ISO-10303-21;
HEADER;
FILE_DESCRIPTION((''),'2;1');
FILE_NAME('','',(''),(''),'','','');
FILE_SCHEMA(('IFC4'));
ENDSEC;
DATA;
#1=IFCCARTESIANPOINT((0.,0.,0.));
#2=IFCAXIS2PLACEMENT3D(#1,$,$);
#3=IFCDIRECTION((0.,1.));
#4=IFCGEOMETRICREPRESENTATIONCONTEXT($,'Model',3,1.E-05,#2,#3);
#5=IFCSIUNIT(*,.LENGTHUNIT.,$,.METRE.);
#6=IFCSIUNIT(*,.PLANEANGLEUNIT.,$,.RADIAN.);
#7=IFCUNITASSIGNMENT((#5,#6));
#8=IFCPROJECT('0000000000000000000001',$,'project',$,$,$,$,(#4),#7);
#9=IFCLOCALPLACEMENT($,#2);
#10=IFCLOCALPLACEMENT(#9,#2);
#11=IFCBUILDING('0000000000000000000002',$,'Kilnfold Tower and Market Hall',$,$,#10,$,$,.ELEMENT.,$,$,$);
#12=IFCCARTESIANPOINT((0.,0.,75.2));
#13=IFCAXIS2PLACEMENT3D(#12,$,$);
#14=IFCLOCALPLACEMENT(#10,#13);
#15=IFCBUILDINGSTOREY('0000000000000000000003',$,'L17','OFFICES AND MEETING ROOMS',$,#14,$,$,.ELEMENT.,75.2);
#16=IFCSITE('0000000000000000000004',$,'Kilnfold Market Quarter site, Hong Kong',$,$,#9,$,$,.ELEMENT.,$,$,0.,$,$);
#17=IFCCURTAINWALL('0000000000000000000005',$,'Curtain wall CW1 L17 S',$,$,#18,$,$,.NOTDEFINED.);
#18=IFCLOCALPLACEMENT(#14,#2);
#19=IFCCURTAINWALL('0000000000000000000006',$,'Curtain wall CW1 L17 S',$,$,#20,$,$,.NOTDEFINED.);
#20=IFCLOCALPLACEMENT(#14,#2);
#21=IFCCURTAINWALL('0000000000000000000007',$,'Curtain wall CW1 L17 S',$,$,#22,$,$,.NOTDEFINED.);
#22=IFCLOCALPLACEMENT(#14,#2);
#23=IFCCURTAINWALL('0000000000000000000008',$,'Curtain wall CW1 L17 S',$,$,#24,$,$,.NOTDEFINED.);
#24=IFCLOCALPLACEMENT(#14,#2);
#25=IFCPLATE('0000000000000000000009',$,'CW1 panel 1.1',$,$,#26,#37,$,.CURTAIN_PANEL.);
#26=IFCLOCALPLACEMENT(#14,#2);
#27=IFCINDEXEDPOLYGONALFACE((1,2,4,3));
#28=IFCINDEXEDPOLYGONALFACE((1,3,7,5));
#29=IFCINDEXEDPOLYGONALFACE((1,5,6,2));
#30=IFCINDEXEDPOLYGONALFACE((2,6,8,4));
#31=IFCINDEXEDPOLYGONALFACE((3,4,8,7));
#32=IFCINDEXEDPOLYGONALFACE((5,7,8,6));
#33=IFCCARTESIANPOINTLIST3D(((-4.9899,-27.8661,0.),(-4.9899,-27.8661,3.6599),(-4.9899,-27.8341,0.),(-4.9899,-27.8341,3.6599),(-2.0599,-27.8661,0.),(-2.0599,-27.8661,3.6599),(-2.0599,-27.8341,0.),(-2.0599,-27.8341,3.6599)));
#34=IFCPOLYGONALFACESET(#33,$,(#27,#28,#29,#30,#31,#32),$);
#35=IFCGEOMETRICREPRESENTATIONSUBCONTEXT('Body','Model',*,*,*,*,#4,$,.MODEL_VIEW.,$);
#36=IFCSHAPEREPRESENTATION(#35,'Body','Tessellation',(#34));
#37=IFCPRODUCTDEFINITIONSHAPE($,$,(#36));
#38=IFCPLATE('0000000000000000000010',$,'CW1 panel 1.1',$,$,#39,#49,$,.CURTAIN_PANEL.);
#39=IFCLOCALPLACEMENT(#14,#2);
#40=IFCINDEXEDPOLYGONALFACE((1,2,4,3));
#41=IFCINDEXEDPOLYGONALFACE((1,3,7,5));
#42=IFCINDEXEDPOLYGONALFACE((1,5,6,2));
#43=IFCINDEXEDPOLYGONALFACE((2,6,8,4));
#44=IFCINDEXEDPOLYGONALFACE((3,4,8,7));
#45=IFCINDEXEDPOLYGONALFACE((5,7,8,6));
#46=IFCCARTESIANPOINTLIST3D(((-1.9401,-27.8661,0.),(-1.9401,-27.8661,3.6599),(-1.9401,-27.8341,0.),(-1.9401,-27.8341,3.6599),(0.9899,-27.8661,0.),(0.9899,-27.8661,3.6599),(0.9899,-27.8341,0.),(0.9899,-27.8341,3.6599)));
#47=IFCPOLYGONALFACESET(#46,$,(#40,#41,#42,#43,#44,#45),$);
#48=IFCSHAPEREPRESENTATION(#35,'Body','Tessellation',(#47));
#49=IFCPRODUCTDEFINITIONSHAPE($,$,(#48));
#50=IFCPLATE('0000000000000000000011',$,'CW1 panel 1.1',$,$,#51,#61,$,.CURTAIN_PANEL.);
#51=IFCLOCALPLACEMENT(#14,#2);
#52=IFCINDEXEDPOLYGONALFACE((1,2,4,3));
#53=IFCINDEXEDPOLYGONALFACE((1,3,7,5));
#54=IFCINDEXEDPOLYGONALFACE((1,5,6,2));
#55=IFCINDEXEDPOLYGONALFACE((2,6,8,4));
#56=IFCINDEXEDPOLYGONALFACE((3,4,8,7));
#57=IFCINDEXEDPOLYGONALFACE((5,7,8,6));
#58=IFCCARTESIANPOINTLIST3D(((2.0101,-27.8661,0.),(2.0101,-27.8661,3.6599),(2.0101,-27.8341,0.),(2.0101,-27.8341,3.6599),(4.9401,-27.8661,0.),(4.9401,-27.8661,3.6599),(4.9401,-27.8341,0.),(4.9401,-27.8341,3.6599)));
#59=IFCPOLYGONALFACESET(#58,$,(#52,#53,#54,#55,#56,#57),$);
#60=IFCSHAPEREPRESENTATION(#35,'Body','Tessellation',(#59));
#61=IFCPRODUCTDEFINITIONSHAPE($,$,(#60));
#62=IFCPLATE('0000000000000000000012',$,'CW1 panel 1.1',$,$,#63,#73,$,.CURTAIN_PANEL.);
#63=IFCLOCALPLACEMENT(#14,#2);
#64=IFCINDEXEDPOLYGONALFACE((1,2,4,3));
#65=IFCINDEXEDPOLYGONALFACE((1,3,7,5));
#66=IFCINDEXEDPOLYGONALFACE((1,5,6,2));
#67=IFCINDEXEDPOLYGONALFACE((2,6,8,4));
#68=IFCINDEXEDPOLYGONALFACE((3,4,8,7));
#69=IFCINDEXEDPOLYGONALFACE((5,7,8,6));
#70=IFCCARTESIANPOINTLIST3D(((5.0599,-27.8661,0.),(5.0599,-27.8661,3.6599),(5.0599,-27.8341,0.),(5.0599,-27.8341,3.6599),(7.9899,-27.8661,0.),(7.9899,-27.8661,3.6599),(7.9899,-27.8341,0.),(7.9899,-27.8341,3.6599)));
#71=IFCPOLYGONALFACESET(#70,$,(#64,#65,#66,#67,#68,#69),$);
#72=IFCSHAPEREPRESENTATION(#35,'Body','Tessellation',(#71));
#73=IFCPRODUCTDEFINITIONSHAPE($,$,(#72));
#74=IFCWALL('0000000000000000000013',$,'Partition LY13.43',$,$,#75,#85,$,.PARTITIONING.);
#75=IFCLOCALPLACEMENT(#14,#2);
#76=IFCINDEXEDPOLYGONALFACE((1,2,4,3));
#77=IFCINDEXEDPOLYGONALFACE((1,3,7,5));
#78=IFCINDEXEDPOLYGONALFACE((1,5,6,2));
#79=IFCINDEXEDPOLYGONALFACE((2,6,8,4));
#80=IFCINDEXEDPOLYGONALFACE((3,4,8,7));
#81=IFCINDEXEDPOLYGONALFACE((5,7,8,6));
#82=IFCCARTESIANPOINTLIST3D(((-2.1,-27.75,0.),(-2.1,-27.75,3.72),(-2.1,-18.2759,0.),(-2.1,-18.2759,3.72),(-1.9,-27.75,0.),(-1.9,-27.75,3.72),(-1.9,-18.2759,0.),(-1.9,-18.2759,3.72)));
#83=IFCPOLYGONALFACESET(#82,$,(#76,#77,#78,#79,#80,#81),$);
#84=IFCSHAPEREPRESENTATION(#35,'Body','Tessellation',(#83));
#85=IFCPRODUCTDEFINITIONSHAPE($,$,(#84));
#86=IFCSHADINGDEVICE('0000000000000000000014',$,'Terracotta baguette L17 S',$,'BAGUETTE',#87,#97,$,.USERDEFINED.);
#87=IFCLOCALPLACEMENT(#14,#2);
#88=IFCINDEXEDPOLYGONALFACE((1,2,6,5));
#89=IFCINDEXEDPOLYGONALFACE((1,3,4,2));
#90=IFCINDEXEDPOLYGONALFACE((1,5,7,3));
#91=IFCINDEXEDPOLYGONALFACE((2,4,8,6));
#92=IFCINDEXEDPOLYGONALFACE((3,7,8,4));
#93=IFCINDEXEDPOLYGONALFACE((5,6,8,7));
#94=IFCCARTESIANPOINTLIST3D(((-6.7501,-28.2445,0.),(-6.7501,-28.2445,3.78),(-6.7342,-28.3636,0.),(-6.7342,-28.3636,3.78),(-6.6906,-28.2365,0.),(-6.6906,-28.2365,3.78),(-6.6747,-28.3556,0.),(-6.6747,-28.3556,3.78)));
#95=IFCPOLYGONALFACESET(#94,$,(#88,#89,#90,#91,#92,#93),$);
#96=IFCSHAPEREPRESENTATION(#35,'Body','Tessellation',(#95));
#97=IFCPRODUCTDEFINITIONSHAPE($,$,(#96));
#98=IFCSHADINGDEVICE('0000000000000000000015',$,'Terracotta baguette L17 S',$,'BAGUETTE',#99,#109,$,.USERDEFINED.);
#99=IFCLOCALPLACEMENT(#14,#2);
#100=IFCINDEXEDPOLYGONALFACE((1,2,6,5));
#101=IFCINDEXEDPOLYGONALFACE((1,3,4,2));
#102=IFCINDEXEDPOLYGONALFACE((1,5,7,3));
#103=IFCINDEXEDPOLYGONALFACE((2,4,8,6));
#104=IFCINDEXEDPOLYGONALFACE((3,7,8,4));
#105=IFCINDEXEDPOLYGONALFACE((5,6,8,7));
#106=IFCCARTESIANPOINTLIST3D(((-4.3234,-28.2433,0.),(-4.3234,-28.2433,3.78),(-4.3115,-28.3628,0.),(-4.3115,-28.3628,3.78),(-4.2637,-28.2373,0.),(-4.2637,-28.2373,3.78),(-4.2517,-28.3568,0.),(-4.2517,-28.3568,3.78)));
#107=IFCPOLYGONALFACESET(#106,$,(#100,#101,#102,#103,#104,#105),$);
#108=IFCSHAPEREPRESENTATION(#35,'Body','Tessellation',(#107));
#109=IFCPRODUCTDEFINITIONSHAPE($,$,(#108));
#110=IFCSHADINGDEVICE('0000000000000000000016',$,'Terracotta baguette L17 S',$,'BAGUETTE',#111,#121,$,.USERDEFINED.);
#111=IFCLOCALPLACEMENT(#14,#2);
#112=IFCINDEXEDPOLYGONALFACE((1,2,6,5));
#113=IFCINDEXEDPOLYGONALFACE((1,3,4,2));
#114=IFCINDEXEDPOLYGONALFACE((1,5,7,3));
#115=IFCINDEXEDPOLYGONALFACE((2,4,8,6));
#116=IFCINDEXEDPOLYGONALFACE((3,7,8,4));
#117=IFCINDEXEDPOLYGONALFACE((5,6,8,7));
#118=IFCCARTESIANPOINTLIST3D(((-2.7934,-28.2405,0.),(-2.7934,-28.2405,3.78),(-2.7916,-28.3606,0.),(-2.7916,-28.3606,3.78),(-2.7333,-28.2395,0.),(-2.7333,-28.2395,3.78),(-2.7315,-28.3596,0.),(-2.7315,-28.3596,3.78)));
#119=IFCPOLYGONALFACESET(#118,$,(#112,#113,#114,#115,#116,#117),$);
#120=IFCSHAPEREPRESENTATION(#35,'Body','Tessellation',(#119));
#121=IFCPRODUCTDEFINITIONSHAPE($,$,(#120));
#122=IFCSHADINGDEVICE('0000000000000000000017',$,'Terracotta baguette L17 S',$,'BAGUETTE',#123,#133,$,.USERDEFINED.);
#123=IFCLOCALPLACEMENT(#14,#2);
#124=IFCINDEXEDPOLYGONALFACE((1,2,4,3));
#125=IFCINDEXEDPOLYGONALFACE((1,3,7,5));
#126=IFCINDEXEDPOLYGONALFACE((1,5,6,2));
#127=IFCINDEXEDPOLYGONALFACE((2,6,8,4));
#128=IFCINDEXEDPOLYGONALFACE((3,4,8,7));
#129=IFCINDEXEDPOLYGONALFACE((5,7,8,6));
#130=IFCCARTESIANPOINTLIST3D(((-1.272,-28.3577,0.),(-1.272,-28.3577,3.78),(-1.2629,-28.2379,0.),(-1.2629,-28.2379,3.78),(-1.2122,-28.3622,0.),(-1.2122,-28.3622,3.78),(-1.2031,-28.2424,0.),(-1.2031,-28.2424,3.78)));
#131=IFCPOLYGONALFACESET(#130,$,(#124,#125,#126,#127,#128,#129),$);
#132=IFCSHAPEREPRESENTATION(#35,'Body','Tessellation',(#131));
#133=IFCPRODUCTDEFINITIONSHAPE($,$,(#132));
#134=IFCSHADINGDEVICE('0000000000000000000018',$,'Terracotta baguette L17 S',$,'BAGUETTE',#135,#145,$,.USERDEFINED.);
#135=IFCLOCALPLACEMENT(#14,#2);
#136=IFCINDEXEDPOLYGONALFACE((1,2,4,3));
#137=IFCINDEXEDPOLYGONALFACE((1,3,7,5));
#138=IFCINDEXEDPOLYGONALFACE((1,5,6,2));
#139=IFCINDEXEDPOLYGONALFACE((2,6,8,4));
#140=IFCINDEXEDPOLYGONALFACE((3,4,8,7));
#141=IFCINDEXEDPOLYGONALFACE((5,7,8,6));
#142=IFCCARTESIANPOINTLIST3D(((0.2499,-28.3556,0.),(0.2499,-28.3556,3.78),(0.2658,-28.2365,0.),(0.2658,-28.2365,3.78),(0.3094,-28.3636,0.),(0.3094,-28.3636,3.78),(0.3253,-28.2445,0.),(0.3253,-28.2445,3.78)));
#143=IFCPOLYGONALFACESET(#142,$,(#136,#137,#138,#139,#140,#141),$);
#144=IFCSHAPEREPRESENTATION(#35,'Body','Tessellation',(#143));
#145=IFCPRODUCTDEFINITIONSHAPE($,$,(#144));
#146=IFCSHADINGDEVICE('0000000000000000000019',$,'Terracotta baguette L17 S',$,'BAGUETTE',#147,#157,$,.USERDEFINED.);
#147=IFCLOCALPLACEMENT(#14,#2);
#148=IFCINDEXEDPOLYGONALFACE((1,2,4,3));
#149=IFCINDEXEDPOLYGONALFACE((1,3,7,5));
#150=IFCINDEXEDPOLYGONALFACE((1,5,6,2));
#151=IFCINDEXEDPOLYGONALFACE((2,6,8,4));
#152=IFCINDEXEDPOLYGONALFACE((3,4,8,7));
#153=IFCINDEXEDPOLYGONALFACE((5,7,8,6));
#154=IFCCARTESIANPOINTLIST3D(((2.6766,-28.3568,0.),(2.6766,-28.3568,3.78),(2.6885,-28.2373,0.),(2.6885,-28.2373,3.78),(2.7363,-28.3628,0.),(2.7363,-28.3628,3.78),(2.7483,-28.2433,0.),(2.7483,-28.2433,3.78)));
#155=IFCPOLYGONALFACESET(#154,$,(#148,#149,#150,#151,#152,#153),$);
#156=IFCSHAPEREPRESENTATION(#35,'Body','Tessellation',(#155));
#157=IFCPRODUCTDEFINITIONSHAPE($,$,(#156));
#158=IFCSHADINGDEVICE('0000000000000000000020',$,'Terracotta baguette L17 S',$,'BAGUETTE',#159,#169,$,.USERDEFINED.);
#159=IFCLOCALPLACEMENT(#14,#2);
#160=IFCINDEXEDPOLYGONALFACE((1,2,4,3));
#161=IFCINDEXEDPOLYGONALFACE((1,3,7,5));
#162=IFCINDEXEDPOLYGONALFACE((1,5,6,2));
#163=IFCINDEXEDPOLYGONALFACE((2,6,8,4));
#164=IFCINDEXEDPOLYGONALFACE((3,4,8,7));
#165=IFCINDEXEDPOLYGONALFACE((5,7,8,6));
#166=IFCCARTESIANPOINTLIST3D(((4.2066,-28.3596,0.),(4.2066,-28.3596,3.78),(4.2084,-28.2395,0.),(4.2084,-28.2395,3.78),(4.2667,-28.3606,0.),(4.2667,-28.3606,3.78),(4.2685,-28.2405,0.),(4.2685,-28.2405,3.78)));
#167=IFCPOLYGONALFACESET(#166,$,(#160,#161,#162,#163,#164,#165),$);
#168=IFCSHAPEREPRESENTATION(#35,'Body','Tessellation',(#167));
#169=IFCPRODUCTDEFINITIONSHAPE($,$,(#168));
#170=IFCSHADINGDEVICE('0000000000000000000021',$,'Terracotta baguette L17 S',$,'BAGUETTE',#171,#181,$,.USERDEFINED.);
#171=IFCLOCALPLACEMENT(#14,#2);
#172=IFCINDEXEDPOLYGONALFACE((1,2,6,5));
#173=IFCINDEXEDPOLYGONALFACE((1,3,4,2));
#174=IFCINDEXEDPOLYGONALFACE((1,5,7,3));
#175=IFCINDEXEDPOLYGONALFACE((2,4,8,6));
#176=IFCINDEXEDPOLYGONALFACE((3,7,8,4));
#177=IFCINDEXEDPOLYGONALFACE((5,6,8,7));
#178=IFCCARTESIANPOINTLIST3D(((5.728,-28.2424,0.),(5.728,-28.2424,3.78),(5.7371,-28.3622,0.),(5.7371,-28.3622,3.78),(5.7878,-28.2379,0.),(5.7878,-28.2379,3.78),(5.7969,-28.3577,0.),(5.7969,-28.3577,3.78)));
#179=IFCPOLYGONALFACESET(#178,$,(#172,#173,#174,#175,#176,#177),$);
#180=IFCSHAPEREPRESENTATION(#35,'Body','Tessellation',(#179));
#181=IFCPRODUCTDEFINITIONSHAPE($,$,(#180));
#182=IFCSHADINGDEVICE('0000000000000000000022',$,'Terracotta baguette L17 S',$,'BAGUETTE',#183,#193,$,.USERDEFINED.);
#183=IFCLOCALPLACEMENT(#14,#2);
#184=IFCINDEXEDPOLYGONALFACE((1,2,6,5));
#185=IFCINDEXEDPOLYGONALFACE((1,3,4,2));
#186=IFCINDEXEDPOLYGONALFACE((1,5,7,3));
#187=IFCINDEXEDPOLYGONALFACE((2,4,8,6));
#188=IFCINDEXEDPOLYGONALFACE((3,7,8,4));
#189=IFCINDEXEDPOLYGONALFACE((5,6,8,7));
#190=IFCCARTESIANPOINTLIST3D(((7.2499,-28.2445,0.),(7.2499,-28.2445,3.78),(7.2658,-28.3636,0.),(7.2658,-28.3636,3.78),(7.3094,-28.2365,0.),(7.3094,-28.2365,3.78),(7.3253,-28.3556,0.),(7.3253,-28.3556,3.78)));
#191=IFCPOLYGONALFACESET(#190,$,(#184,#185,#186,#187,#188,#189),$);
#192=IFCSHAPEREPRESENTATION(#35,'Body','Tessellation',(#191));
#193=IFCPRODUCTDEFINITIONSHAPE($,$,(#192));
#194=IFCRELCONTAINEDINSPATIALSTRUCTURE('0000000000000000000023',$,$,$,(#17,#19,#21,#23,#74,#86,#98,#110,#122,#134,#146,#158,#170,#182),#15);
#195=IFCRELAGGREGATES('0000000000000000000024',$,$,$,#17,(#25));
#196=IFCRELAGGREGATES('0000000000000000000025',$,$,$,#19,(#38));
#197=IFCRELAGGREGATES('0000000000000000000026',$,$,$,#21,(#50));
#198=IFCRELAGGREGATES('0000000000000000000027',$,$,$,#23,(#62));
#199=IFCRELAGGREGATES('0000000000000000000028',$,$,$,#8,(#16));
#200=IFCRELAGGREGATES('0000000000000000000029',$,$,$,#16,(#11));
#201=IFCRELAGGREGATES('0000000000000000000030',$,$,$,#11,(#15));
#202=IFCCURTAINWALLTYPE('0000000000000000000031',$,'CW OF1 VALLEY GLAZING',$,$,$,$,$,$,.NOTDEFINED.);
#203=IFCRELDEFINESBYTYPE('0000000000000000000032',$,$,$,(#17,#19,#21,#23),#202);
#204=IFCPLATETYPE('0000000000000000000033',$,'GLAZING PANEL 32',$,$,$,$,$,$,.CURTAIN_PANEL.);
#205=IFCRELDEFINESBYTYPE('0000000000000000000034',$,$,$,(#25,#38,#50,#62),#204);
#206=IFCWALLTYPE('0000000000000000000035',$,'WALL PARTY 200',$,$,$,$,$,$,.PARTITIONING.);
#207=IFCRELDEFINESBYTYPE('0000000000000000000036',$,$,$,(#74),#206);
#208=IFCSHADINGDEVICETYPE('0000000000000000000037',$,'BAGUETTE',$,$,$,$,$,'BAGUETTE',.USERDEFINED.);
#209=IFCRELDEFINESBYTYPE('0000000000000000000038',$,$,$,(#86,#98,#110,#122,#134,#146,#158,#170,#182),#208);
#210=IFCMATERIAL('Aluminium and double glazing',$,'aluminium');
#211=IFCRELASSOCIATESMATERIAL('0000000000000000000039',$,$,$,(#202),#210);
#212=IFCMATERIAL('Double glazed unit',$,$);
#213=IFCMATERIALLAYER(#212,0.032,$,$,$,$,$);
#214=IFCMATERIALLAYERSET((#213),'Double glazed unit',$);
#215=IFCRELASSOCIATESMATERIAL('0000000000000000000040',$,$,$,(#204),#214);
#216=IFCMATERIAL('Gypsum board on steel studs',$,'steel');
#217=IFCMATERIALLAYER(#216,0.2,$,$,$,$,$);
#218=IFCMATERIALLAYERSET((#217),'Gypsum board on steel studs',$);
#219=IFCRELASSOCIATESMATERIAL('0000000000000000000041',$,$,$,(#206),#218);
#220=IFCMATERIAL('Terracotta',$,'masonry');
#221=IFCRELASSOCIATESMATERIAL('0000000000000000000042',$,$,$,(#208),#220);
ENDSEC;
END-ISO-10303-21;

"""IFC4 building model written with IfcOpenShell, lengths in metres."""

from ifc_helpers import new_model, si_unit, direction, frame, frame_2d, origin, origin_2d, place, context, subcontext, project, spatial, rectangle, extrude, source, transform, mapped, material, layer, layer_set, material_profile, profile_set, type_object, element, aggregate, save


model = new_model("IFC4")

# Units and contexts
model_context = context("Model", 3, precision=1e-05, world=origin(), true_north=direction((0.0, 1.0)))
body_context = subcontext(model_context, "Body", "Model", "MODEL_VIEW")
ifc_project = project(units=[si_unit("LENGTHUNIT", "METRE"), si_unit("PLANEANGLEUNIT", "RADIAN")], contexts=[model_context])

# Site, building, storey
site_placement = place(None, origin())
site = spatial("IfcSite", under=ifc_project, at=site_placement, Name="Kilnfold Market Quarter site, Hong Kong", CompositionType="ELEMENT", RefElevation=0.0)
building_placement = place(site_placement, origin())
building = spatial("IfcBuilding", under=site, at=building_placement, Name="Kilnfold Tower and Market Hall", CompositionType="ELEMENT")
storey_placement = place(building_placement, frame((0.0, 0.0, 75.2)))
storey = spatial("IfcBuildingStorey", under=building, at=storey_placement, Name="L17", Description="OFFICES AND MEETING ROOMS", CompositionType="ELEMENT", Elevation=75.2)

# Shared definitions
ifc_material_1 = material(Name="Aluminium and double glazing", Category="aluminium")
curtain_wall_type = type_object("IfcCurtainWallType", Name="CW OF1 VALLEY GLAZING", PredefinedType="NOTDEFINED", material=ifc_material_1)

# Curtain walls
curtain_wall_1_placement = place(storey_placement, origin())
curtain_wall_1 = element("IfcCurtainWall", 1, at=curtain_wall_1_placement, inside=storey, type_object=curtain_wall_type, Name="Curtain wall CW1 L17 S", PredefinedType="NOTDEFINED")
curtain_wall_2_placement = place(storey_placement, origin())
curtain_wall_2 = element("IfcCurtainWall", 2, at=curtain_wall_2_placement, inside=storey, type_object=curtain_wall_type, Name="Curtain wall CW1 L17 S", PredefinedType="NOTDEFINED")
curtain_wall_3_placement = place(storey_placement, origin())
curtain_wall_3 = element("IfcCurtainWall", 3, at=curtain_wall_3_placement, inside=storey, type_object=curtain_wall_type, Name="Curtain wall CW1 L17 S", PredefinedType="NOTDEFINED")
curtain_wall_4_placement = place(storey_placement, origin())
curtain_wall_4 = element("IfcCurtainWall", 4, at=curtain_wall_4_placement, inside=storey, type_object=curtain_wall_type, Name="Curtain wall CW1 L17 S", PredefinedType="NOTDEFINED")

# Plates
ifc_material_2 = material(Name="Double glazed unit")
ifc_layer_1 = layer(ifc_material_2, 0.032)
ifc_layer_set_1 = layer_set([ifc_layer_1], Name="Double glazed unit")
plate_type = type_object("IfcPlateType", Name="GLAZING PANEL 32", PredefinedType="CURTAIN_PANEL", material=ifc_layer_set_1)
shared_shape_1 = source(origin(), body_context, "Body", "SweptSolid", [
    extrude(rectangle(XDim=2.9299, YDim=0.032, at=origin_2d()), origin(), (0.0, 0.0, 1.0), 3.6599),
])
plate_1_placement = place(storey_placement, frame((-3.5249, -27.8501, 0.0), z_axis=(0.0, 0.0, 1.0), x_axis=(1.0, 0.0, 0.0)))
plate_1 = element("IfcPlate", 5, at=plate_1_placement, type_object=plate_type, Name="CW1 panel 1.1", PredefinedType="CURTAIN_PANEL", context=body_context, shape_type="MappedRepresentation", body=[
    mapped(shared_shape_1, transform((0.0, 0.0, 0.0))),
])
aggregate(curtain_wall_1, [plate_1])
plate_2_placement = place(storey_placement, frame((-0.4751, -27.8501, 0.0), z_axis=(0.0, 0.0, 1.0), x_axis=(1.0, 0.0, 0.0)))
plate_2 = element("IfcPlate", 6, at=plate_2_placement, type_object=plate_type, Name="CW1 panel 1.1", PredefinedType="CURTAIN_PANEL", context=body_context, shape_type="MappedRepresentation", body=[
    mapped(shared_shape_1, transform((0.0, 0.0, 0.0))),
])
aggregate(curtain_wall_2, [plate_2])
plate_3_placement = place(storey_placement, frame((3.4751, -27.8501, 0.0), z_axis=(0.0, 0.0, 1.0), x_axis=(1.0, 0.0, 0.0)))
plate_3 = element("IfcPlate", 7, at=plate_3_placement, type_object=plate_type, Name="CW1 panel 1.1", PredefinedType="CURTAIN_PANEL", context=body_context, shape_type="MappedRepresentation", body=[
    mapped(shared_shape_1, transform((0.0, 0.0, 0.0))),
])
aggregate(curtain_wall_3, [plate_3])
plate_4_placement = place(storey_placement, frame((6.5249, -27.8501, 0.0), z_axis=(0.0, 0.0, 1.0), x_axis=(1.0, 0.0, 0.0)))
plate_4 = element("IfcPlate", 8, at=plate_4_placement, type_object=plate_type, Name="CW1 panel 1.1", PredefinedType="CURTAIN_PANEL", context=body_context, shape_type="MappedRepresentation", body=[
    mapped(shared_shape_1, transform((0.0, 0.0, 0.0))),
])
aggregate(curtain_wall_4, [plate_4])

# Wall
ifc_material_3 = material(Name="Gypsum board on steel studs", Category="steel")
ifc_layer_2 = layer(ifc_material_3, 0.2)
ifc_layer_set_2 = layer_set([ifc_layer_2], Name="Gypsum board on steel studs")
wall_type = type_object("IfcWallType", Name="WALL PARTY 200", PredefinedType="PARTITIONING", material=ifc_layer_set_2)
wall_placement = place(storey_placement, frame((-2.0, -27.75, 0.0), z_axis=(0.0, 0.0, 1.0), x_axis=(0.0, 1.0, 0.0)))
element("IfcWall", 9, at=wall_placement, inside=storey, type_object=wall_type, Name="Partition LY13.43", PredefinedType="PARTITIONING", context=body_context, shape_type="SweptSolid", body=[
    extrude(rectangle(XDim=9.4741, YDim=0.2, at=frame_2d((4.7371, 0.0))), origin(), (0.0, 0.0, 1.0), 3.72),
])

# Shading devices
ifc_material_4 = material(Name="Terracotta", Category="masonry")
ifc_material_profile_1 = material_profile(ifc_material_4, rectangle(XDim=0.0601, YDim=0.1201, at=origin_2d()), Name="BAG 60x120")
ifc_profile_set_1 = profile_set([ifc_material_profile_1], Name="Terracotta")
shading_device_type = type_object("IfcShadingDeviceType", Name="BAGUETTE", ElementType="BAGUETTE", PredefinedType="USERDEFINED", material=ifc_profile_set_1)
shared_shape_2 = source(origin(), body_context, "Body", "SweptSolid", [
    extrude(rectangle(XDim=0.0601, YDim=0.1201, at=origin_2d()), origin(), (0.0, 0.0, 1.0), 3.78),
])
for number, where, z_axis, x_axis, name in (
    (10, (-6.7124, -28.3, 0.0), (0.0, 0.0, 1.0), (0.991182, 0.132507, 0.0), "Terracotta baguette L17 S"),
    (11, (-4.2876, -28.3, 0.0), (0.0, 0.0, 1.0), (0.995045, 0.099426, 0.0), "Terracotta baguette L17 S"),
    (12, (-2.7625, -28.3, 0.0), (0.0, 0.0, 1.0), (0.999883, 0.01529, 0.0), "Terracotta baguette L17 S"),
    (13, (-1.2375, -28.3, 0.0), (0.0, 0.0, 1.0), (0.997121, -0.075825, 0.0), "Terracotta baguette L17 S"),
    (14, (0.2876, -28.3, 0.0), (0.0, 0.0, 1.0), (0.991182, -0.132507, 0.0), "Terracotta baguette L17 S"),
    (15, (2.7124, -28.3, 0.0), (0.0, 0.0, 1.0), (0.995045, -0.099426, 0.0), "Terracotta baguette L17 S"),
    (16, (4.2375, -28.3, 0.0), (0.0, 0.0, 1.0), (0.999883, -0.01529, 0.0), "Terracotta baguette L17 S"),
    (17, (5.7625, -28.3, 0.0), (0.0, 0.0, 1.0), (0.997121, 0.075825, 0.0), "Terracotta baguette L17 S"),
    (18, (7.2876, -28.3, 0.0), (0.0, 0.0, 1.0), (0.991182, 0.132507, 0.0), "Terracotta baguette L17 S"),
):
    element("IfcShadingDevice", number, at=place(storey_placement, frame(where, z_axis=z_axis, x_axis=x_axis)), inside=storey, type_object=shading_device_type, Name=name, ObjectType="BAGUETTE", PredefinedType="USERDEFINED", context=body_context, shape_type="MappedRepresentation", body=[
        mapped(shared_shape_2, transform((0.0, 0.0, 0.0))),
    ])

save(model, "model.ifc")
